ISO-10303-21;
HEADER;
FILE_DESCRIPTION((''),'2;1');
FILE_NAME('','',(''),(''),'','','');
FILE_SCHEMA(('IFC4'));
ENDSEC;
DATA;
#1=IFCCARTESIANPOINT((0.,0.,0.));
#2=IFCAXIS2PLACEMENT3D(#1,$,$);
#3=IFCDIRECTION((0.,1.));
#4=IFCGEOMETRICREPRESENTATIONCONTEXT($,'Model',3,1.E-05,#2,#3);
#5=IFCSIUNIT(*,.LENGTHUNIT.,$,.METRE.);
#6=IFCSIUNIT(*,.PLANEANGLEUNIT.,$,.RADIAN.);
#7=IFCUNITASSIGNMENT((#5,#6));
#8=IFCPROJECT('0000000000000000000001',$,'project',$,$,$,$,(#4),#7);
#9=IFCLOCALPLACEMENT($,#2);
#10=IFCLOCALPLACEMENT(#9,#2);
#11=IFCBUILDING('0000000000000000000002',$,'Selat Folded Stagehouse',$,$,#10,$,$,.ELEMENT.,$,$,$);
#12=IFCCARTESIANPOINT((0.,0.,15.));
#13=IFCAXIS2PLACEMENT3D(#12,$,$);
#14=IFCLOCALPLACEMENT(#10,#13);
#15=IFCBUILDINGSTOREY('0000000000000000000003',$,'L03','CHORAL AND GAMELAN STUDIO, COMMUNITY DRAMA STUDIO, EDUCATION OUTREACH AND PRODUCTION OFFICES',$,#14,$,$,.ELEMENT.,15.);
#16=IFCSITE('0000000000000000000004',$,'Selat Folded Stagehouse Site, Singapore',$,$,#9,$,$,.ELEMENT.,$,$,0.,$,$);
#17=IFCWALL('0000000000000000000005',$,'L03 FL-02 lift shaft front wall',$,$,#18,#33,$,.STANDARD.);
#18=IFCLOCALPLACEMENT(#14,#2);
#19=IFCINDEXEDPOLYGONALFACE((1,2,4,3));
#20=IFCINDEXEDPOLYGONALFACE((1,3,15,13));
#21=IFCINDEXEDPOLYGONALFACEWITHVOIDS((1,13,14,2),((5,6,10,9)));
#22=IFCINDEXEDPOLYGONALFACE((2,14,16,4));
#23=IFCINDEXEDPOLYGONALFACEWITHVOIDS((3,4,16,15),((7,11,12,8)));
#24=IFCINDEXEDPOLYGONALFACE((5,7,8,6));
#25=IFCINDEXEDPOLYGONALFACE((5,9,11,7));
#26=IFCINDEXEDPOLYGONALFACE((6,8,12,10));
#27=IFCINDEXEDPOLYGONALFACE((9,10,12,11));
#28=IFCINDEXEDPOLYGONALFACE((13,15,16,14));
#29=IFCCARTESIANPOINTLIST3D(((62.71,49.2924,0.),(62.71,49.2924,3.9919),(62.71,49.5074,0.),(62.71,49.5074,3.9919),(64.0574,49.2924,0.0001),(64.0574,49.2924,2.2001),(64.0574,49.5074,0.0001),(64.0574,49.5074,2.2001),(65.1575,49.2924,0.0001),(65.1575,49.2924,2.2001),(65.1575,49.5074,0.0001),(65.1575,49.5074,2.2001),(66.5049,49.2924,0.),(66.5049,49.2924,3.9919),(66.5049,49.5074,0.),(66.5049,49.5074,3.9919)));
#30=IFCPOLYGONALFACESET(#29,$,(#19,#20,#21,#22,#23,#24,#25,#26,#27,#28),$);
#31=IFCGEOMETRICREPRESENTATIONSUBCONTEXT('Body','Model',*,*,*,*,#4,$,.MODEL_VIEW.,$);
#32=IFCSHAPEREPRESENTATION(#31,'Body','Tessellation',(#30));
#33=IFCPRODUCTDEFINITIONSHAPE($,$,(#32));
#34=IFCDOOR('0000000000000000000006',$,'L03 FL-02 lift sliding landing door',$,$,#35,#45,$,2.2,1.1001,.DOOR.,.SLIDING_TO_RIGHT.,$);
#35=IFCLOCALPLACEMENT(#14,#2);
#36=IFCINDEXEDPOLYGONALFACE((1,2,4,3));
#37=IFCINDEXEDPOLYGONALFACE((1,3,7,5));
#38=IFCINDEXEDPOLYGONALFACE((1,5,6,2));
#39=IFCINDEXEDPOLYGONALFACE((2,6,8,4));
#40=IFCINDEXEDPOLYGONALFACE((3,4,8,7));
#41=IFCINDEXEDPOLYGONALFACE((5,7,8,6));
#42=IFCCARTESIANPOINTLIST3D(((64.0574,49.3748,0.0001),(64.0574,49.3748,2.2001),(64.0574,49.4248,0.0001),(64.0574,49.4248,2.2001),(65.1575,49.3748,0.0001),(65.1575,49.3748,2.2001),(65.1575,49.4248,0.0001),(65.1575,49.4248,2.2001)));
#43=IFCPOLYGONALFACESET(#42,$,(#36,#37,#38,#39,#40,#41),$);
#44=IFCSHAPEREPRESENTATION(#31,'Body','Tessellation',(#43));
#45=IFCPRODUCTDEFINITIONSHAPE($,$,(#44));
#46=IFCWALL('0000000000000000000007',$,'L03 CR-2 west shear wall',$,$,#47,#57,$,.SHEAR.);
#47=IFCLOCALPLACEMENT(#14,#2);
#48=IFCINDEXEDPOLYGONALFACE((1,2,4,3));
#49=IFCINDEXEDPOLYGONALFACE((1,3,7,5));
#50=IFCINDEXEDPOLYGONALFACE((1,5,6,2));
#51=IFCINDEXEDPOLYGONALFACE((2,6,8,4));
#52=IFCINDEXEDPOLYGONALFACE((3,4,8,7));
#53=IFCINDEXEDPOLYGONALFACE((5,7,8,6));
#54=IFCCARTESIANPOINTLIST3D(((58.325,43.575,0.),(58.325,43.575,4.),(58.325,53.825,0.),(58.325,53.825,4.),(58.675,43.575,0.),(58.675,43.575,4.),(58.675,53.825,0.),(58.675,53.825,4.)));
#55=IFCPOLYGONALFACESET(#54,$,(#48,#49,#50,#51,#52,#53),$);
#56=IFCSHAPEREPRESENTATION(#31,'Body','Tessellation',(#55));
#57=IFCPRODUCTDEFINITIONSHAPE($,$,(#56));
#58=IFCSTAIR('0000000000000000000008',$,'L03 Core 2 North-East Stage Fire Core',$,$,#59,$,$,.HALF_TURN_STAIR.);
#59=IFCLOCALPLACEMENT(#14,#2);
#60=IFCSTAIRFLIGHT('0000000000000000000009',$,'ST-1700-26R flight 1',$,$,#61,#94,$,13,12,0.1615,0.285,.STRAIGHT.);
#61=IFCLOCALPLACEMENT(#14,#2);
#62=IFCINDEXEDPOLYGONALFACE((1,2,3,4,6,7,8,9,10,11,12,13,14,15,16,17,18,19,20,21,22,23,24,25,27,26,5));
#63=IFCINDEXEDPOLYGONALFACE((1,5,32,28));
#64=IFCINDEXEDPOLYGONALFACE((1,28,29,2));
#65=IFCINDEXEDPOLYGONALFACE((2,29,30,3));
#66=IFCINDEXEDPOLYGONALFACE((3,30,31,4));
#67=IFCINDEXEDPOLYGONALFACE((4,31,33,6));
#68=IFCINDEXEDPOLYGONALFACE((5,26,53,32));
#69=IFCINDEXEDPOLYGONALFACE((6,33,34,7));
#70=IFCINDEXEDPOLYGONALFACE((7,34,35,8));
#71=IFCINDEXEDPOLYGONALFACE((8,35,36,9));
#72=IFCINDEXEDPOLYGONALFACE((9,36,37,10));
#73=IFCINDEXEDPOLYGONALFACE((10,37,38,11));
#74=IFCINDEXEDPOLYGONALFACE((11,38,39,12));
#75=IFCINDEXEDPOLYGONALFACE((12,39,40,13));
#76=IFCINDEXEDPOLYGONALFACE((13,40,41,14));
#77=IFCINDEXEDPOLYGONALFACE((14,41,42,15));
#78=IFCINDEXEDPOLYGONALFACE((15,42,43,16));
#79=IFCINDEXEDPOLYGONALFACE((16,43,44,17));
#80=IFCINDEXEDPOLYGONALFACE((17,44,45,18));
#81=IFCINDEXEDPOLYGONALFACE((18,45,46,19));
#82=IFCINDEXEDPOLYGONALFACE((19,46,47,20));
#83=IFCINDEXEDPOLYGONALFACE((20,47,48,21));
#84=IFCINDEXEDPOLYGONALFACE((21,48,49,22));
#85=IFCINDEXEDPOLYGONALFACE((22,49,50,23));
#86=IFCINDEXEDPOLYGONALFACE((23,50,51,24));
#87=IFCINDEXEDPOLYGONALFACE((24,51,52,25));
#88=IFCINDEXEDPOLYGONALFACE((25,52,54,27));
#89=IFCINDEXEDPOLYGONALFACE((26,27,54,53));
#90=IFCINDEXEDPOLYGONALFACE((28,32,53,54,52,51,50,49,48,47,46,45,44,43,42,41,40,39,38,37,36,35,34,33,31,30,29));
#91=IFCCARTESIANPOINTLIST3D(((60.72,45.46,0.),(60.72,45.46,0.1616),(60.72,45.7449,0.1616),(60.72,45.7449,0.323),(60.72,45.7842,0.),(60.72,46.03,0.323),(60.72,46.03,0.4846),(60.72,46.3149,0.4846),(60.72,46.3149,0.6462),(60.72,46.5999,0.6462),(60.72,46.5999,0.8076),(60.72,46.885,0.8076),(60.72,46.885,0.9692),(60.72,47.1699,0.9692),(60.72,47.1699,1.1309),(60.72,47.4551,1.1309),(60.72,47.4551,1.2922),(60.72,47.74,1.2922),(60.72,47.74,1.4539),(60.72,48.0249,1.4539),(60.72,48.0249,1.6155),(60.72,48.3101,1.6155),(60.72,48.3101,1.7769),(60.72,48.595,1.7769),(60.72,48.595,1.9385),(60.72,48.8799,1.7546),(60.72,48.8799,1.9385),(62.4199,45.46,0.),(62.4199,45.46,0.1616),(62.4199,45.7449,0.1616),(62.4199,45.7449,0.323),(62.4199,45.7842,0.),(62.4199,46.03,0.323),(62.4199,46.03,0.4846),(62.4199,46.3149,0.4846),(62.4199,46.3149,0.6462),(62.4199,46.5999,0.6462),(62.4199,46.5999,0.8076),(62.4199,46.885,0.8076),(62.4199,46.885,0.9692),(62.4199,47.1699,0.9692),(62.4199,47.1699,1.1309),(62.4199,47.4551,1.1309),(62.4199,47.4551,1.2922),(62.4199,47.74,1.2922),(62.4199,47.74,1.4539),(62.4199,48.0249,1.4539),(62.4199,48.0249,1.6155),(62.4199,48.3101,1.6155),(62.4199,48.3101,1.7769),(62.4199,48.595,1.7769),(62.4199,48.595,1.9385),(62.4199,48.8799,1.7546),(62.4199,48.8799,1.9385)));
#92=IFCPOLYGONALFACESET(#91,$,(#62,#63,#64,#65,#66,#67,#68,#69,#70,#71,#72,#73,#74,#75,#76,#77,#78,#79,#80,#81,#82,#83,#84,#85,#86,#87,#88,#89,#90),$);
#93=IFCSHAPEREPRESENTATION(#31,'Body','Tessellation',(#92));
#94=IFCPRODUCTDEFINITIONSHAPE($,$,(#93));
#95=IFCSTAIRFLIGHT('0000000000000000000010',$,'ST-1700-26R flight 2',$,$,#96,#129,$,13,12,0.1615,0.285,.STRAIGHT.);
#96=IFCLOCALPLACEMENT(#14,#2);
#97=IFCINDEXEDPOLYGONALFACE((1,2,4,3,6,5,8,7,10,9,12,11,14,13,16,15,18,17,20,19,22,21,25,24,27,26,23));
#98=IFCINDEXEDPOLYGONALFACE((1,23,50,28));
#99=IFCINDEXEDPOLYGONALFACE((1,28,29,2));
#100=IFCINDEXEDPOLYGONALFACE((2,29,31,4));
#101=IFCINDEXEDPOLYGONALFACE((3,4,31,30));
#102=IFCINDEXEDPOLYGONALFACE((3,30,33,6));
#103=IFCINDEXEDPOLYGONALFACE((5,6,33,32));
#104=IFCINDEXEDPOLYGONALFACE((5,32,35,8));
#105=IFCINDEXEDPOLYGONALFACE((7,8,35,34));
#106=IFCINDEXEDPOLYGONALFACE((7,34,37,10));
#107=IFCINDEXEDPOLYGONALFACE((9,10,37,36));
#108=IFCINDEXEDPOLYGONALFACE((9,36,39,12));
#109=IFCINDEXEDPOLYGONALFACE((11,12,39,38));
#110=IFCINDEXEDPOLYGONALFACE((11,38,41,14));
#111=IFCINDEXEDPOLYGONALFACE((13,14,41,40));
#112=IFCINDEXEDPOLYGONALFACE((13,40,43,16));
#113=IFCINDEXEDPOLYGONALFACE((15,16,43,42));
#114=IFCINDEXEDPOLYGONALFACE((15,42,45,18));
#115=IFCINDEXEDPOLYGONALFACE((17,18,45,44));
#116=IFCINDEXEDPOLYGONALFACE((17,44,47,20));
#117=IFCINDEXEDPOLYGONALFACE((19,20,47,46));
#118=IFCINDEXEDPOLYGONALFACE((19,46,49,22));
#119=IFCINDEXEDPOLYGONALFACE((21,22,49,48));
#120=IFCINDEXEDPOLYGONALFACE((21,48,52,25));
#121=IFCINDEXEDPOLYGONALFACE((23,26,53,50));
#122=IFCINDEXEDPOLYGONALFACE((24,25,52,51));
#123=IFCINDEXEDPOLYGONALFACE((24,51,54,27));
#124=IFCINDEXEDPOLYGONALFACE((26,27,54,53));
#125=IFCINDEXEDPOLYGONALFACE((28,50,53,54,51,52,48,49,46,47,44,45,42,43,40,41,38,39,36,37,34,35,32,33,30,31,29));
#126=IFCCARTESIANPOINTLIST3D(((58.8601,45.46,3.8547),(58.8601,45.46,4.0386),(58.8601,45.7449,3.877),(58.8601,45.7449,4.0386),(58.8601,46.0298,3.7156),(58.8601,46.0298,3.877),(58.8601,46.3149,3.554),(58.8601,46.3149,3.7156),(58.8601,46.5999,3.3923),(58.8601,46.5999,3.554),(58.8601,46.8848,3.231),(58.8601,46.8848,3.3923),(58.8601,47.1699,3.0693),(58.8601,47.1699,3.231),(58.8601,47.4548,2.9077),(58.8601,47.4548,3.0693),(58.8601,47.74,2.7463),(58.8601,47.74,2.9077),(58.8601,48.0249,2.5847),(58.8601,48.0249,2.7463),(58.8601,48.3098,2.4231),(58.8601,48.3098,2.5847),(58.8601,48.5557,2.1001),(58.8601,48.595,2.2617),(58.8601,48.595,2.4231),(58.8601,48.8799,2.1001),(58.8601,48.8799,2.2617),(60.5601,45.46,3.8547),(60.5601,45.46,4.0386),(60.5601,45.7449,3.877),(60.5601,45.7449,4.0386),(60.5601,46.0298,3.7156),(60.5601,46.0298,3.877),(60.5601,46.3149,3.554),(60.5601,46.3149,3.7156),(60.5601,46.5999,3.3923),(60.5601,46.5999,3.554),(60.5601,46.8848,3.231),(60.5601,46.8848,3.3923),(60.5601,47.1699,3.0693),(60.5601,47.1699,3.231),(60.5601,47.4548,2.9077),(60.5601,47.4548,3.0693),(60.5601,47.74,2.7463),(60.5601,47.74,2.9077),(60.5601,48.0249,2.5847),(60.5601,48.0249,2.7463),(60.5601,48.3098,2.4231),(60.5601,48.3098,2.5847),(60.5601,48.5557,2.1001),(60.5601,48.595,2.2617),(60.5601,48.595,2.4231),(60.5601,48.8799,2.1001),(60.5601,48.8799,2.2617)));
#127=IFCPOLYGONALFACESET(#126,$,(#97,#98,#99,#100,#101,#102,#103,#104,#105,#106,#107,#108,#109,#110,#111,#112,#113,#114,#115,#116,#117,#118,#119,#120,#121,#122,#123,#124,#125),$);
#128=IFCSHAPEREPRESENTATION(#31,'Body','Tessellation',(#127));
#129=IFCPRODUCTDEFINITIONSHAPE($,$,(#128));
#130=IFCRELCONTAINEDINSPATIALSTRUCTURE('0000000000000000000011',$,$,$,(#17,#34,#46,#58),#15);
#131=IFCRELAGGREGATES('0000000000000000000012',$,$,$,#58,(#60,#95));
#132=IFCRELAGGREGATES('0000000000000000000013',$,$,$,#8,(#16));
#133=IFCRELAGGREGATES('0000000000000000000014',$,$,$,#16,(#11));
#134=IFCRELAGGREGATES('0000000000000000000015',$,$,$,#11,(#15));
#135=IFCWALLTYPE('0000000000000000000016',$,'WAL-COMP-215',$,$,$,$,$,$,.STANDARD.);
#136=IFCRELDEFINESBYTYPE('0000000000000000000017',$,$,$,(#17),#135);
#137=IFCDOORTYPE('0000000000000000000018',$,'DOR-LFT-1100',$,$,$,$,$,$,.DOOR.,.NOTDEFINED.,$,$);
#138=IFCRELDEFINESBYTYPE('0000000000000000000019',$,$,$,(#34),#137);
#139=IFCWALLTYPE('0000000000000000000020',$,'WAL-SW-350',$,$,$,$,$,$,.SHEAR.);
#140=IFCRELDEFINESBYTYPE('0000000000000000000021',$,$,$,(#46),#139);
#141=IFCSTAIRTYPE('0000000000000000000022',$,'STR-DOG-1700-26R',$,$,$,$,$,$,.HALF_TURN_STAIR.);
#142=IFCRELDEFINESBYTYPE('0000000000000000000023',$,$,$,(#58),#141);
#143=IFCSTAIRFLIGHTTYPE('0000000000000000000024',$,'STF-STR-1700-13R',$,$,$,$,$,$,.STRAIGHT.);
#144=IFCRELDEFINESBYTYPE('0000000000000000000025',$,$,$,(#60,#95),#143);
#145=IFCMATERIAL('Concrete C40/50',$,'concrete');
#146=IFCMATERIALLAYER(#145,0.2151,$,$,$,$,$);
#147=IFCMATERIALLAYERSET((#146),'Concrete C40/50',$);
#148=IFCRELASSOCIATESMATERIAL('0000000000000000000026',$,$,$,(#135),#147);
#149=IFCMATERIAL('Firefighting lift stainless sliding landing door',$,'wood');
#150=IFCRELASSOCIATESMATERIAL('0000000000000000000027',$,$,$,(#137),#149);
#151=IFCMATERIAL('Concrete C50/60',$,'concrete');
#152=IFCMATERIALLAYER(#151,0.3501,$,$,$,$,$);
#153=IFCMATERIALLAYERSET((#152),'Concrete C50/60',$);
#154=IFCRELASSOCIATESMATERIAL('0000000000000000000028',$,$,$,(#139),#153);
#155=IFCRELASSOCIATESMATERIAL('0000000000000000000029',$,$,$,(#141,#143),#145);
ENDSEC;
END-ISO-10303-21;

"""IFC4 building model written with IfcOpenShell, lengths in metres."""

from ifc_helpers import new_model, si_unit, direction, frame, frame_2d, origin, place, context, subcontext, project, spatial, polyline, rectangle, outline, extrude, material, layer, layer_set, type_object, element, fill, aggregate, save


model = new_model("IFC4")

# Units and contexts
model_context = context("Model", 3, precision=1e-05, world=origin(), true_north=direction((0.0, 1.0)))
body_context = subcontext(model_context, "Body", "Model", "MODEL_VIEW")
ifc_project = project(units=[si_unit("LENGTHUNIT", "METRE"), si_unit("PLANEANGLEUNIT", "RADIAN")], contexts=[model_context])

# Site, building, storey
site_placement = place(None, origin())
site = spatial("IfcSite", under=ifc_project, at=site_placement, Name="Selat Folded Stagehouse Site, Singapore", CompositionType="ELEMENT", RefElevation=0.0)
building_placement = place(site_placement, origin())
building = spatial("IfcBuilding", under=site, at=building_placement, Name="Selat Folded Stagehouse", CompositionType="ELEMENT")
storey_placement = place(building_placement, frame((0.0, 0.0, 15.0)))
storey = spatial("IfcBuildingStorey", under=building, at=storey_placement, Name="L03", Description="CHORAL AND GAMELAN STUDIO, COMMUNITY DRAMA STUDIO, EDUCATION OUTREACH AND PRODUCTION OFFICES", CompositionType="ELEMENT", Elevation=15.0)

# Wall, opening, door
ifc_material_1 = material(Name="Concrete C40/50", Category="concrete")
ifc_layer_1 = layer(ifc_material_1, 0.2151)
ifc_layer_set_1 = layer_set([ifc_layer_1], Name="Concrete C40/50")
wall_type_1 = type_object("IfcWallType", Name="WAL-COMP-215", PredefinedType="STANDARD", material=ifc_layer_set_1)
wall_1_placement = place(storey_placement, frame((62.71, 49.3999, 0.0), z_axis=(0.0, 0.0, 1.0), x_axis=(1.0, 0.0, 0.0)))
wall_1 = element("IfcWall", 1, at=wall_1_placement, inside=storey, type_object=wall_type_1, Name="L03 FL-02 lift shaft front wall", PredefinedType="STANDARD", context=body_context, shape_type="SweptSolid", body=[
    extrude(rectangle(XDim=3.7949, YDim=0.2151, at=frame_2d((1.8975, 0.0))), origin(), (0.0, 0.0, 1.0), 3.9919),
])
opening_placement = place(wall_1_placement, frame((1.3474, 0.0, 0.0)))
opening = element("IfcOpeningElement", 2, at=opening_placement, cuts=wall_1, PredefinedType="OPENING", context=body_context, shape_type="SweptSolid", body=[
    extrude(rectangle(XDim=1.1001, YDim=2.2, at=frame_2d((0.55, 1.1001))), frame((0.0, 0.1174, 0.0), z_axis=(0.0, -1.0, 0.0), x_axis=(1.0, 0.0, 0.0)), (0.0, 0.0, 1.0), 0.2351),
])
ifc_material_2 = material(Name="Firefighting lift stainless sliding landing door", Category="wood")
door_type = type_object("IfcDoorType", Name="DOR-LFT-1100", OperationType="NOTDEFINED", PredefinedType="DOOR", material=ifc_material_2)
door_placement = place(opening_placement, origin())
door = element("IfcDoor", 3, at=door_placement, inside=storey, type_object=door_type, Name="L03 FL-02 lift sliding landing door", OperationType="SLIDING_TO_RIGHT", OverallHeight=2.2, OverallWidth=1.1001, PredefinedType="DOOR", context=body_context, shape_type="SweptSolid", body=[
    extrude(rectangle(XDim=1.1001, YDim=2.2, at=frame_2d((0.55, 1.1001))), frame((0.0, 0.0249, 0.0), z_axis=(0.0, -1.0, 0.0), x_axis=(1.0, 0.0, 0.0)), (0.0, 0.0, 1.0), 0.05),
])
fill(opening, door)

# Wall
ifc_material_3 = material(Name="Concrete C50/60", Category="concrete")
ifc_layer_2 = layer(ifc_material_3, 0.3501)
ifc_layer_set_2 = layer_set([ifc_layer_2], Name="Concrete C50/60")
wall_type_2 = type_object("IfcWallType", Name="WAL-SW-350", PredefinedType="SHEAR", material=ifc_layer_set_2)
wall_2_placement = place(storey_placement, frame((58.5, 43.575, 0.0), z_axis=(0.0, 0.0, 1.0), x_axis=(0.0, 1.0, 0.0)))
element("IfcWall", 4, at=wall_2_placement, inside=storey, type_object=wall_type_2, Name="L03 CR-2 west shear wall", PredefinedType="SHEAR", context=body_context, shape_type="SweptSolid", body=[
    extrude(rectangle(XDim=10.25, YDim=0.3501, at=frame_2d((5.125, 0.0))), origin(), (0.0, 0.0, 1.0), 4.0),
])

# Stair, stair flights
stair_type = type_object("IfcStairType", Name="STR-DOG-1700-26R", PredefinedType="HALF_TURN_STAIR", material=ifc_material_1)
stair_placement = place(storey_placement, origin())
stair = element("IfcStair", 5, at=stair_placement, inside=storey, type_object=stair_type, Name="L03 Core 2 North-East Stage Fire Core", PredefinedType="HALF_TURN_STAIR")
stair_flight_type = type_object("IfcStairFlightType", Name="STF-STR-1700-13R", PredefinedType="STRAIGHT", material=ifc_material_1)
stair_flight_1_placement = place(storey_placement, frame((61.5701, 45.46, 0.0), z_axis=(0.0, 0.0, 1.0), x_axis=(0.0, 1.0, 0.0)))
stair_flight_1 = element("IfcStairFlight", 6, at=stair_flight_1_placement, type_object=stair_flight_type, Name="ST-1700-26R flight 1", NumberOfRisers=13, NumberOfTreads=12, PredefinedType="STRAIGHT", RiserHeight=0.1615, TreadLength=0.285, context=body_context, shape_type="SweptSolid", body=[
    extrude(outline(polyline([(0.0, 0.0), (0.0, 0.1616), (0.2849, 0.1616), (0.2849, 0.323), (0.5701, 0.323), (0.5701, 0.4846), (0.855, 0.4846), (0.855, 0.6462), (1.1399, 0.6462), (1.1399, 0.8076), (1.425, 0.8076), (1.425, 0.9692), (1.71, 0.9692), (1.71, 1.1309), (1.9951, 1.1309), (1.9951, 1.2922), (2.28, 1.2922), (2.28, 1.4539), (2.5649, 1.4539), (2.5649, 1.6155), (2.8501, 1.6155), (2.8501, 1.7769), (3.135, 1.7769), (3.135, 1.9385), (3.4199, 1.9385), (3.4199, 2.1001), (3.4199, 1.7546), (0.3242, 0.0), (0.0, 0.0)])), frame((0.0, 0.8501, 0.0), z_axis=(0.0, -1.0, 0.0), x_axis=(1.0, 0.0, 0.0)), (0.0, 0.0, 1.0), 1.7),
])
stair_flight_2_placement = place(storey_placement, frame((59.71, 48.8799, 2.1001), z_axis=(0.0, 0.0, 1.0), x_axis=(0.0, -1.0, 0.0)))
stair_flight_2 = element("IfcStairFlight", 7, at=stair_flight_2_placement, type_object=stair_flight_type, Name="ST-1700-26R flight 2", NumberOfRisers=13, NumberOfTreads=12, PredefinedType="STRAIGHT", RiserHeight=0.1615, TreadLength=0.285, context=body_context, shape_type="SweptSolid", body=[
    extrude(outline(polyline([(0.0, 0.0), (0.0, 0.1616), (0.2849, 0.1616), (0.2849, 0.323), (0.5701, 0.323), (0.5701, 0.4846), (0.855, 0.4846), (0.855, 0.6462), (1.1399, 0.6462), (1.1399, 0.8076), (1.425, 0.8076), (1.425, 0.9692), (1.71, 0.9692), (1.71, 1.1309), (1.9951, 1.1309), (1.9951, 1.2922), (2.28, 1.2922), (2.28, 1.4539), (2.5649, 1.4539), (2.5649, 1.6155), (2.8501, 1.6155), (2.8501, 1.7769), (3.135, 1.7769), (3.135, 1.9385), (3.4199, 1.9385), (3.4199, 2.1001), (3.4199, 1.7546), (0.3242, 0.0), (0.0, 0.0)])), frame((0.0, 0.8501, 0.0), z_axis=(0.0, -1.0, 0.0), x_axis=(1.0, 0.0, 0.0)), (0.0, 0.0, 1.0), 1.7),
])
aggregate(stair, [stair_flight_1, stair_flight_2])

save(model, "model.ifc")
